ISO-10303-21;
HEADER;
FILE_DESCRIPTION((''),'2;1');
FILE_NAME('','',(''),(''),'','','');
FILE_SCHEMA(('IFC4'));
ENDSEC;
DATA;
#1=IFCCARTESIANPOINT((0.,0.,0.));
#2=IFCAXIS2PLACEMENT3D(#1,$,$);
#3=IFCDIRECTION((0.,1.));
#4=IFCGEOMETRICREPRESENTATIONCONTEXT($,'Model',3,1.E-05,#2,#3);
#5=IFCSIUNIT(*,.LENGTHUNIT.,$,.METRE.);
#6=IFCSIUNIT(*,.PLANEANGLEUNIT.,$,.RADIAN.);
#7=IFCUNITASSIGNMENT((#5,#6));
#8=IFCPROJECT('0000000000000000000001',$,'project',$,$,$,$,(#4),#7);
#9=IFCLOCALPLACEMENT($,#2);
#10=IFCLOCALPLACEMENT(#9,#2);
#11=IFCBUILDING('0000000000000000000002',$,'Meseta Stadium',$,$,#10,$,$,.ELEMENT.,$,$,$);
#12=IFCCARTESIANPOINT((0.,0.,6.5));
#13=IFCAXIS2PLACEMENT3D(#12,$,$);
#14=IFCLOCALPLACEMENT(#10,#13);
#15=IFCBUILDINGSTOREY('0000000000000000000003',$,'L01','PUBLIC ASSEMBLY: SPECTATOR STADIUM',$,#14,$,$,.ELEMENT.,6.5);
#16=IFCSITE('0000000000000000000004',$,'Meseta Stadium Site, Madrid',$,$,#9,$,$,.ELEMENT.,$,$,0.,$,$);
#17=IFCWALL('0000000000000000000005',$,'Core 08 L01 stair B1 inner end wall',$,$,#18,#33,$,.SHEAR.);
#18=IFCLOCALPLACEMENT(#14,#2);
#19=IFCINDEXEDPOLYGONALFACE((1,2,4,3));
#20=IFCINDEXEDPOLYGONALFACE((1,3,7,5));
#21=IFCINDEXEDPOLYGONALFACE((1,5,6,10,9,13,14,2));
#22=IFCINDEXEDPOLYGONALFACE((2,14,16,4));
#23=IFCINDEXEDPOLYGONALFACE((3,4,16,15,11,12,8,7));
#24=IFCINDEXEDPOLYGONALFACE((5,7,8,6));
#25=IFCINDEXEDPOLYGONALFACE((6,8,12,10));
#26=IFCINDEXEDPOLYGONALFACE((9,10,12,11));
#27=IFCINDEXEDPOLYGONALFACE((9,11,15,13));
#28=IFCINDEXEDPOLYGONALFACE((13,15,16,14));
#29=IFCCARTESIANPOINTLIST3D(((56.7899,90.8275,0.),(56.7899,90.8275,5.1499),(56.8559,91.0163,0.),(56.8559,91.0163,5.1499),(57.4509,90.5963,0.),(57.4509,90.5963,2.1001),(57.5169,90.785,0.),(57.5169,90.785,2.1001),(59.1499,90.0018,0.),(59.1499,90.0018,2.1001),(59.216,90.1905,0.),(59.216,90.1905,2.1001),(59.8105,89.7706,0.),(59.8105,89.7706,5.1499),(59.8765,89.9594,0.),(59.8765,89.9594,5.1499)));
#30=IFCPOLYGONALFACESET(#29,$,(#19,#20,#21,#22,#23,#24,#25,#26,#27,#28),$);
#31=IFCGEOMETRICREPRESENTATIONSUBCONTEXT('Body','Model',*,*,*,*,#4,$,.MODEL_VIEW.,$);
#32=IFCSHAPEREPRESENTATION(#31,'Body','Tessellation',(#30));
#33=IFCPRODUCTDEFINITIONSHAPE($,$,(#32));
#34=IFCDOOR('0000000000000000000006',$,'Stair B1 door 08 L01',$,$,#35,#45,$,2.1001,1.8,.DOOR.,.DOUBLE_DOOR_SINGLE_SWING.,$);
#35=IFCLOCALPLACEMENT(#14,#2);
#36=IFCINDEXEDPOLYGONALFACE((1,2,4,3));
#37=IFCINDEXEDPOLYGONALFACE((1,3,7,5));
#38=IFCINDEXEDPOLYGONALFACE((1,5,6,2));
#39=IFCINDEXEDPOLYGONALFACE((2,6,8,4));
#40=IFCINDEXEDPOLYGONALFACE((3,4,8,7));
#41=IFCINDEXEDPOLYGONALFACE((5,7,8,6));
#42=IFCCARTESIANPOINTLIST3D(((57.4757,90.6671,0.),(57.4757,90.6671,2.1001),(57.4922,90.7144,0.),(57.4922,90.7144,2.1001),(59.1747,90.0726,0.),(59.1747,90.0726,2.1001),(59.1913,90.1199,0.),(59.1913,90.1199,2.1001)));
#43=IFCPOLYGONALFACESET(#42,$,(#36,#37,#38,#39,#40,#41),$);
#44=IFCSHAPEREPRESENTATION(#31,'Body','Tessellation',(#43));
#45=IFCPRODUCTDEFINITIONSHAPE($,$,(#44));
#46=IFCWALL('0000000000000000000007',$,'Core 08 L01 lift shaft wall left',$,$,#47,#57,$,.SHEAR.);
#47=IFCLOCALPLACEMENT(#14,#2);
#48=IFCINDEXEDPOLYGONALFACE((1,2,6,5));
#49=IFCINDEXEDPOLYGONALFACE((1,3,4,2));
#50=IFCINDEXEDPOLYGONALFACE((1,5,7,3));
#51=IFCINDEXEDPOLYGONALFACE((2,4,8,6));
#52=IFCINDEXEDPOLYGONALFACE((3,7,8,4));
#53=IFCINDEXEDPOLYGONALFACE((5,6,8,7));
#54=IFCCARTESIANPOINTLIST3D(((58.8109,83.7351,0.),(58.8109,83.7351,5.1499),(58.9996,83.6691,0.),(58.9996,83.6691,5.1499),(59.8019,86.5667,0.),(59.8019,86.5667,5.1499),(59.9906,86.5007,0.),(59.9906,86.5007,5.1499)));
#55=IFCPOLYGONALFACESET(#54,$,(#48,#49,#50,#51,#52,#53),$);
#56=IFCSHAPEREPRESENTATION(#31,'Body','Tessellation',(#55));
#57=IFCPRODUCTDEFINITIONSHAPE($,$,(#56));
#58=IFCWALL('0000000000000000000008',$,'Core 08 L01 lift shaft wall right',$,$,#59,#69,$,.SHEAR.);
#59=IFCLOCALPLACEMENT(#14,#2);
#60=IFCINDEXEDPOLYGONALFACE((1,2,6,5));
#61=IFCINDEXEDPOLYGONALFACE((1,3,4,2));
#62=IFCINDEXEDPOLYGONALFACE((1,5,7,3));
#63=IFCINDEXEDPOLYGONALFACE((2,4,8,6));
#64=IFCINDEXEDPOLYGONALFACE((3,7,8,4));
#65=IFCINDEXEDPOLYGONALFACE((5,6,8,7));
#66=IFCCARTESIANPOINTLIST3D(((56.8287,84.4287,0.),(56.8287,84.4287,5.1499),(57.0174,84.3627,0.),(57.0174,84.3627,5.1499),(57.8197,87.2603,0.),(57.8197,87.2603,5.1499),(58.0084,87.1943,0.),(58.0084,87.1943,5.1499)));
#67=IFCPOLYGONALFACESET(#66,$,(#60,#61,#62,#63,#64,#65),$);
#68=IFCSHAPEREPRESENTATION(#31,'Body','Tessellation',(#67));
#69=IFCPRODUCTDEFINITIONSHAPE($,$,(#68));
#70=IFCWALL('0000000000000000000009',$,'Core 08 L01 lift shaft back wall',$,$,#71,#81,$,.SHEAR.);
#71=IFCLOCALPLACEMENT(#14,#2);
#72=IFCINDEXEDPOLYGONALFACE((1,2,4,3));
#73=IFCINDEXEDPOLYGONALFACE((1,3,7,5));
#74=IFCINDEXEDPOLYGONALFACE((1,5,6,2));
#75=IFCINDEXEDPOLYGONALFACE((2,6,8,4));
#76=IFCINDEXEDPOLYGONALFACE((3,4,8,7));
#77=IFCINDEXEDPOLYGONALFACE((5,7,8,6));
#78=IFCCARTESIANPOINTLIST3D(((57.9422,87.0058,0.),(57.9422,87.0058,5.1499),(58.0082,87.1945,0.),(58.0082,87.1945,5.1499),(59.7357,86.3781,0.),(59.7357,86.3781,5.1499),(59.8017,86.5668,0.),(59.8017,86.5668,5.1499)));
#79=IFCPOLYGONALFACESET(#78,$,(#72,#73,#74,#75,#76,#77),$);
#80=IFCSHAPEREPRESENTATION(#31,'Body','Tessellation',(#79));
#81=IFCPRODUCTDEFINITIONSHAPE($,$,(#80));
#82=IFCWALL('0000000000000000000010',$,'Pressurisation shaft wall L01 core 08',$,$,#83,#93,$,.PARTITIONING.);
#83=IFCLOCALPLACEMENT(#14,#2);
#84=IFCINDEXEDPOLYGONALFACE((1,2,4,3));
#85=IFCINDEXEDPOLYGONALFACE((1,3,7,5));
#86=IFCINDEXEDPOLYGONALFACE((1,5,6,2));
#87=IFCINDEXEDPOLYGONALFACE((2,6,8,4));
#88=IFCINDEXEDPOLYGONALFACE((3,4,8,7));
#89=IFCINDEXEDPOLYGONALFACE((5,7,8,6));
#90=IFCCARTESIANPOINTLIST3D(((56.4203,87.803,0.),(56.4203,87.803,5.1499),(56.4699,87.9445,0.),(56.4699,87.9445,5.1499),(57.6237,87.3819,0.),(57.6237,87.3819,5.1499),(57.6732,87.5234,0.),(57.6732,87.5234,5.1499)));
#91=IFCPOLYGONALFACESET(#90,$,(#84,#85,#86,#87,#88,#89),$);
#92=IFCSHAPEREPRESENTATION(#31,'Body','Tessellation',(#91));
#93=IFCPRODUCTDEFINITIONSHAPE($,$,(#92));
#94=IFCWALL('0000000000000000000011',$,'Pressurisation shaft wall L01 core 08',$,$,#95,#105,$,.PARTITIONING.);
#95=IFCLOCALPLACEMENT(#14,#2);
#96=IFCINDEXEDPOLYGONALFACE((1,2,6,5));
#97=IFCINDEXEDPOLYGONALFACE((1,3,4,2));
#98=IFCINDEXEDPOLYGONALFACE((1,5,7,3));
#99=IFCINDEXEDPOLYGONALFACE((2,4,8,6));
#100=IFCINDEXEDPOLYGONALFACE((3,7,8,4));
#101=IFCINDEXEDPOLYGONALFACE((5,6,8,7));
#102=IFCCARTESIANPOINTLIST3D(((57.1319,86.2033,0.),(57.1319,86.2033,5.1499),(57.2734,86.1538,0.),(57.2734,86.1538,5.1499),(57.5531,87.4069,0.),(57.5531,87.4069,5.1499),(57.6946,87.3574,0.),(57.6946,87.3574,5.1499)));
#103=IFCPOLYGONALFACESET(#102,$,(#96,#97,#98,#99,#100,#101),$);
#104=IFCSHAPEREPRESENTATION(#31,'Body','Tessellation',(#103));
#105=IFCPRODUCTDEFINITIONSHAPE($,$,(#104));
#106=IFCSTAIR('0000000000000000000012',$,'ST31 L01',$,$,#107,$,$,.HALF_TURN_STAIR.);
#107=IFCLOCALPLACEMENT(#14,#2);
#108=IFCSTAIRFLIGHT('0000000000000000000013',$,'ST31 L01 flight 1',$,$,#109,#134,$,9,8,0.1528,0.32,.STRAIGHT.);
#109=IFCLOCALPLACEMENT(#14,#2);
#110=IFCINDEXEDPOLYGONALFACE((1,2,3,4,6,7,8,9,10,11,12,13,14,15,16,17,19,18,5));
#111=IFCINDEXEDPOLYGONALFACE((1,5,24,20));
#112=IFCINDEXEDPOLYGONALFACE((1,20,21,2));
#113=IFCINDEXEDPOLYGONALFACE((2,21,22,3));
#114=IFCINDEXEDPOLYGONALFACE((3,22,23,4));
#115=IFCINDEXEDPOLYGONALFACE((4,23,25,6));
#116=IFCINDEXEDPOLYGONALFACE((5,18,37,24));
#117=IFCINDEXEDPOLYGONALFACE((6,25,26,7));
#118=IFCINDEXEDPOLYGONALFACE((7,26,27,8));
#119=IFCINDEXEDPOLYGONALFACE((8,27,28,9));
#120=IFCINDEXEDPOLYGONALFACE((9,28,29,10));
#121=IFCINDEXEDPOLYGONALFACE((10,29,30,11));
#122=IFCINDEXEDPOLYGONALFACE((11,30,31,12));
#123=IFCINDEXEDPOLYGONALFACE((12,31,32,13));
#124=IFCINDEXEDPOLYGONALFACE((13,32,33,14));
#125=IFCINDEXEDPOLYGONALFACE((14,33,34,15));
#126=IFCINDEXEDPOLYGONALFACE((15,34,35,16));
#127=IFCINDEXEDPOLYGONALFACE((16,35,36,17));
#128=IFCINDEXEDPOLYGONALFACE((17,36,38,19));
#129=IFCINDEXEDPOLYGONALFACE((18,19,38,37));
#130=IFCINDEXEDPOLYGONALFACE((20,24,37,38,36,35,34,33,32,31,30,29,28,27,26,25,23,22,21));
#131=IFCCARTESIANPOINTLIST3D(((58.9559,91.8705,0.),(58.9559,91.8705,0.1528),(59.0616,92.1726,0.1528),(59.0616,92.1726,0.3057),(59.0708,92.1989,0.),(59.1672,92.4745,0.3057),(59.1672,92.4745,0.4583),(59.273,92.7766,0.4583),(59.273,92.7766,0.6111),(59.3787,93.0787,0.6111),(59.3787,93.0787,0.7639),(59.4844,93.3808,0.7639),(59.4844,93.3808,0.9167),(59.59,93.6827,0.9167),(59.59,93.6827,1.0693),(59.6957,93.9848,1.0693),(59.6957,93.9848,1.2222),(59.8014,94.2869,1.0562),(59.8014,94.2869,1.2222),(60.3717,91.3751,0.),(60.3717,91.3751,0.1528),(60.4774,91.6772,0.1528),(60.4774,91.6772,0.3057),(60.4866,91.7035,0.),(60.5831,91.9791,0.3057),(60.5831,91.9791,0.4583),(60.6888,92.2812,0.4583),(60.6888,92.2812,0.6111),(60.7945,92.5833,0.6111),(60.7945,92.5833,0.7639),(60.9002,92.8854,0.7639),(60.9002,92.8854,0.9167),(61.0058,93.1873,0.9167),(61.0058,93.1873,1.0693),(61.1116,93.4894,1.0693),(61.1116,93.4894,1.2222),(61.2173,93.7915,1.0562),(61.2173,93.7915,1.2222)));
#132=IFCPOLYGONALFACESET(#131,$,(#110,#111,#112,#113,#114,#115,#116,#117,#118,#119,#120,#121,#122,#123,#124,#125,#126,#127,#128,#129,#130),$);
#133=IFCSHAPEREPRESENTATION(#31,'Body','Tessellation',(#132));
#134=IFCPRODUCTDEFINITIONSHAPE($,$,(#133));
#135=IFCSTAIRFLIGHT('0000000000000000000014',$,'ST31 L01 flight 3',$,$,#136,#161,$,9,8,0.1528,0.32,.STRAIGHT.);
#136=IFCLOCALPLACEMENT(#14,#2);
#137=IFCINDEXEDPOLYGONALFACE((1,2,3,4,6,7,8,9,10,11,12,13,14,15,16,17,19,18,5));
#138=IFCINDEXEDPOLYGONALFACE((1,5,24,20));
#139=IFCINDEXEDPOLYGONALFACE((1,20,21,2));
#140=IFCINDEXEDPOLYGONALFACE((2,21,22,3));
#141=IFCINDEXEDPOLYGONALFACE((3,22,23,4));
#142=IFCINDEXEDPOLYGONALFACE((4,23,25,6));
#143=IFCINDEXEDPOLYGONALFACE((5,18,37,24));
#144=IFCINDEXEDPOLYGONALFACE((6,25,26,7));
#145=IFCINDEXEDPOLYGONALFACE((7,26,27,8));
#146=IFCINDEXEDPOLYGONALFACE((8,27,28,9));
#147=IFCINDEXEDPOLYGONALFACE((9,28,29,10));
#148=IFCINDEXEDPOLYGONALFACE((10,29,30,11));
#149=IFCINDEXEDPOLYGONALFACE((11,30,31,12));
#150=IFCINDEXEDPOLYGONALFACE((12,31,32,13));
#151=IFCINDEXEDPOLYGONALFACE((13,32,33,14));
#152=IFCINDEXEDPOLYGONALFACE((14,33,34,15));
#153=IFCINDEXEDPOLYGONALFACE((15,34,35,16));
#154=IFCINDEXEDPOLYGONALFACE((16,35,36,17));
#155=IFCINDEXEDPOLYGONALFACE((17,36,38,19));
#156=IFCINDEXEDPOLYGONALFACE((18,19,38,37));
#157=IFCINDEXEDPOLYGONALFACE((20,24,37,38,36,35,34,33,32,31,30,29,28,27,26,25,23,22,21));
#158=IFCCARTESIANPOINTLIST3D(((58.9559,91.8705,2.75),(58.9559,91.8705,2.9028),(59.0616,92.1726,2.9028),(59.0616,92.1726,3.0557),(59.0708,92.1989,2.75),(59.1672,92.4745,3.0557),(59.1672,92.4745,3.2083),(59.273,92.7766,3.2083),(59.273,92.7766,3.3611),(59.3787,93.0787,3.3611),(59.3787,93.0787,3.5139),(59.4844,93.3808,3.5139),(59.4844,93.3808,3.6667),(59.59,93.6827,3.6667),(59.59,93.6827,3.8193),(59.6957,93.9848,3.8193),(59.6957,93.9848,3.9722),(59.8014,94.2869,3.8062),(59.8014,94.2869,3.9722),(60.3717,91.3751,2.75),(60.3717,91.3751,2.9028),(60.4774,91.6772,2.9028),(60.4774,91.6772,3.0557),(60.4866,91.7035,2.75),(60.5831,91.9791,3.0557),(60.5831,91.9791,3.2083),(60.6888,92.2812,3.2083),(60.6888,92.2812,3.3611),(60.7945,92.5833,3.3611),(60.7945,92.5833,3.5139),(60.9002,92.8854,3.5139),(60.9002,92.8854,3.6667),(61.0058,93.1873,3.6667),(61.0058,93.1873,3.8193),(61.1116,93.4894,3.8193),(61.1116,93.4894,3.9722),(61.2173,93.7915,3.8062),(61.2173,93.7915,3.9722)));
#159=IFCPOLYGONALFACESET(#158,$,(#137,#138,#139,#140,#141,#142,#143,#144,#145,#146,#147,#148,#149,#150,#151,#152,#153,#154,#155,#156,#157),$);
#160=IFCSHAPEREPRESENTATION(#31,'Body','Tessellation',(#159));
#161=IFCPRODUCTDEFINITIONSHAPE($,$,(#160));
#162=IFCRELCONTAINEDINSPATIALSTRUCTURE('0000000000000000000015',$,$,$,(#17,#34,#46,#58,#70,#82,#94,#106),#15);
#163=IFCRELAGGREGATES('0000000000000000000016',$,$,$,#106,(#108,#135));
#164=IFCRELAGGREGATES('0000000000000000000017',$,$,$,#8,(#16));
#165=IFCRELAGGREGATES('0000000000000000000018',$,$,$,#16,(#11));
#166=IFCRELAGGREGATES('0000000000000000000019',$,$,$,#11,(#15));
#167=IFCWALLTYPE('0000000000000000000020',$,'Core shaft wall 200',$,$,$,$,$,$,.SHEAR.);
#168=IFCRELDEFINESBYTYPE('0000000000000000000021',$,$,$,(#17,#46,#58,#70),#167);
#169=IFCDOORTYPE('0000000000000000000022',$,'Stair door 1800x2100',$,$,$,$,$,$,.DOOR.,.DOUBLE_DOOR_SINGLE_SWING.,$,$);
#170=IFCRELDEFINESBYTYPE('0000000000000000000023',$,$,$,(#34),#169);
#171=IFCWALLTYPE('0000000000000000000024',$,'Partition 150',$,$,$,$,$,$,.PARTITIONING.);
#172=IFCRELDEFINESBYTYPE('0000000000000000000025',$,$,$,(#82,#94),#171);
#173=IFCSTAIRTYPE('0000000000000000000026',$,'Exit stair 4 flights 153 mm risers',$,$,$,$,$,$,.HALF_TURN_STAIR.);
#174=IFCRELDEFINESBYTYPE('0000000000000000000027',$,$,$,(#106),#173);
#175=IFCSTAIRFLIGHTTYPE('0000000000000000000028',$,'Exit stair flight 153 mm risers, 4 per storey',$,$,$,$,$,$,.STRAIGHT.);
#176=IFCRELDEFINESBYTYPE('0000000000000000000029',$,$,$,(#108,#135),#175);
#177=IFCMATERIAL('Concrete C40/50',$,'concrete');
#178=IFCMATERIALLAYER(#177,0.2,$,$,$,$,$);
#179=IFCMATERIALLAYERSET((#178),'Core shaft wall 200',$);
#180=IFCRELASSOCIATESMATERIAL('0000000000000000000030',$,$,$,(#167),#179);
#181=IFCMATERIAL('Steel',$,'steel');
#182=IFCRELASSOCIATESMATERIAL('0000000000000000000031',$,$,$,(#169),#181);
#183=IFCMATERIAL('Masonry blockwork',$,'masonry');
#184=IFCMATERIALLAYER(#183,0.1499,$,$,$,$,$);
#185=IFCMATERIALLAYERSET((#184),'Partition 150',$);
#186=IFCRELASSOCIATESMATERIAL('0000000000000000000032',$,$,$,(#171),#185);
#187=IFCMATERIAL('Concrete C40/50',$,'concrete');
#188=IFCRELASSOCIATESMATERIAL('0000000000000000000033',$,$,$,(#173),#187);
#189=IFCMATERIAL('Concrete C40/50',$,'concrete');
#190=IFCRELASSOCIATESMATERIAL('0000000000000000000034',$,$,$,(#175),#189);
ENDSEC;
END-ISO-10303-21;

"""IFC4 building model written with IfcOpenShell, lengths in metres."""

from ifc_helpers import new_model, si_unit, direction, frame, frame_2d, origin, place, context, subcontext, project, spatial, polyline, rectangle, outline, extrude, material, layer, layer_set, type_object, element, fill, aggregate, save


model = new_model("IFC4")

# Units and contexts
model_context = context("Model", 3, precision=1e-05, world=origin(), true_north=direction((0.0, 1.0)))
body_context = subcontext(model_context, "Body", "Model", "MODEL_VIEW")
ifc_project = project(units=[si_unit("LENGTHUNIT", "METRE"), si_unit("PLANEANGLEUNIT", "RADIAN")], contexts=[model_context])

# Site, building, storey
site_placement = place(None, origin())
site = spatial("IfcSite", under=ifc_project, at=site_placement, Name="Meseta Stadium Site, Madrid", CompositionType="ELEMENT", RefElevation=0.0)
building_placement = place(site_placement, origin())
building = spatial("IfcBuilding", under=site, at=building_placement, Name="Meseta Stadium", CompositionType="ELEMENT")
storey_placement = place(building_placement, frame((0.0, 0.0, 6.5)))
storey = spatial("IfcBuildingStorey", under=building, at=storey_placement, Name="L01", Description="PUBLIC ASSEMBLY: SPECTATOR STADIUM", CompositionType="ELEMENT", Elevation=6.5)

# Wall, opening, door
ifc_material_1 = material(Name="Concrete C40/50", Category="concrete")
ifc_layer_1 = layer(ifc_material_1, 0.2)
ifc_layer_set_1 = layer_set([ifc_layer_1], Name="Core shaft wall 200")
wall_type_1 = type_object("IfcWallType", Name="Core shaft wall 200", PredefinedType="SHEAR", material=ifc_layer_set_1)
wall_1_placement = place(storey_placement, frame((59.8435, 89.865, 0.0), z_axis=(0.0, 0.0, 1.0), x_axis=(-0.943887, 0.330269, 0.0)))
wall_1 = element("IfcWall", 1, at=wall_1_placement, inside=storey, type_object=wall_type_1, Name="Core 08 L01 stair B1 inner end wall", PredefinedType="SHEAR", context=body_context, shape_type="SweptSolid", body=[
    extrude(rectangle(XDim=3.2002, YDim=0.2, at=frame_2d((1.6001, 0.0))), origin(), (0.0, 0.0, 1.0), 5.1499),
])
opening_placement = place(wall_1_placement, frame((0.7, 0.0, 0.0)))
opening = element("IfcOpeningElement", 2, at=opening_placement, cuts=wall_1, PredefinedType="OPENING", context=body_context, shape_type="SweptSolid", body=[
    extrude(rectangle(XDim=1.8, YDim=2.1001, at=frame_2d((0.8999, 1.05))), frame((0.0, 0.1099, 0.0), z_axis=(0.0, -1.0, 0.0), x_axis=(1.0, 0.0, 0.0)), (0.0, 0.0, 1.0), 0.22),
])
ifc_material_2 = material(Name="Steel", Category="steel")
door_type = type_object("IfcDoorType", Name="Stair door 1800x2100", OperationType="DOUBLE_DOOR_SINGLE_SWING", PredefinedType="DOOR", material=ifc_material_2)
door_placement = place(opening_placement, origin())
door = element("IfcDoor", 3, at=door_placement, inside=storey, type_object=door_type, Name="Stair B1 door 08 L01", OperationType="DOUBLE_DOOR_SINGLE_SWING", OverallHeight=2.1001, OverallWidth=1.8, PredefinedType="DOOR", context=body_context, shape_type="SweptSolid", body=[
    extrude(rectangle(XDim=1.8, YDim=2.1001, at=frame_2d((0.8999, 1.05))), frame((0.0, 0.0249, 0.0), z_axis=(0.0, -1.0, 0.0), x_axis=(1.0, 0.0, 0.0)), (0.0, 0.0, 1.0), 0.05),
])
fill(opening, door)

# Walls
for number, where, z_axis, x_axis, name in (
    (4, (59.8962, 86.5337, 0.0), (0.0, 0.0, 1.0), (-0.330329, -0.943866, 0.0), "Core 08 L01 lift shaft wall left"),
    (5, (57.9141, 87.2273, 0.0), (0.0, 0.0, 1.0), (-0.330329, -0.943866, 0.0), "Core 08 L01 lift shaft wall right"),
):
    element("IfcWall", number, at=place(storey_placement, frame(where, z_axis=z_axis, x_axis=x_axis)), inside=storey, type_object=wall_type_1, Name=name, PredefinedType="SHEAR", context=body_context, shape_type="SweptSolid", body=[
        extrude(rectangle(XDim=3.0, YDim=0.2, at=frame_2d((1.5, 0.0))), origin(), (0.0, 0.0, 1.0), 5.1499),
    ])
wall_2_placement = place(storey_placement, frame((59.7688, 86.4724, 0.0), z_axis=(0.0, 0.0, 1.0), x_axis=(-0.943862, 0.330339, 0.0)))
element("IfcWall", 6, at=wall_2_placement, inside=storey, type_object=wall_type_1, Name="Core 08 L01 lift shaft back wall", PredefinedType="SHEAR", context=body_context, shape_type="SweptSolid", body=[
    extrude(rectangle(XDim=1.9001, YDim=0.2, at=frame_2d((0.9502, 0.0))), origin(), (0.0, 0.0, 1.0), 5.1499),
])
ifc_material_3 = material(Name="Masonry blockwork", Category="masonry")
ifc_layer_2 = layer(ifc_material_3, 0.1499)
ifc_layer_set_2 = layer_set([ifc_layer_2], Name="Partition 150")
wall_type_2 = type_object("IfcWallType", Name="Partition 150", PredefinedType="PARTITIONING", material=ifc_layer_set_2)
wall_3_placement = place(storey_placement, frame((57.6484, 87.4526, 0.0), z_axis=(0.0, 0.0, 1.0), x_axis=(-0.943867, 0.330325, 0.0)))
element("IfcWall", 7, at=wall_3_placement, inside=storey, type_object=wall_type_2, Name="Pressurisation shaft wall L01 core 08", PredefinedType="PARTITIONING", context=body_context, shape_type="SweptSolid", body=[
    extrude(rectangle(XDim=1.2749, YDim=0.1499, at=frame_2d((0.6375, 0.0))), origin(), (0.0, 0.0, 1.0), 5.1499),
])
wall_4_placement = place(storey_placement, frame((57.2026, 86.1785, 0.0), z_axis=(0.0, 0.0, 1.0), x_axis=(0.330265, 0.943888, 0.0)))
element("IfcWall", 8, at=wall_4_placement, inside=storey, type_object=wall_type_2, Name="Pressurisation shaft wall L01 core 08", PredefinedType="PARTITIONING", context=body_context, shape_type="SweptSolid", body=[
    extrude(rectangle(XDim=1.2751, YDim=0.1499, at=frame_2d((0.6377, 0.0))), origin(), (0.0, 0.0, 1.0), 5.1499),
])

# Stair, stair flights
ifc_material_4 = material(Name="Concrete C40/50", Category="concrete")
stair_type = type_object("IfcStairType", Name="Exit stair 4 flights 153 mm risers", PredefinedType="HALF_TURN_STAIR", material=ifc_material_4)
stair_placement = place(storey_placement, origin())
stair = element("IfcStair", 9, at=stair_placement, inside=storey, type_object=stair_type, Name="ST31 L01", PredefinedType="HALF_TURN_STAIR")
ifc_material_5 = material(Name="Concrete C40/50", Category="concrete")
stair_flight_type = type_object("IfcStairFlightType", Name="Exit stair flight 153 mm risers, 4 per storey", PredefinedType="STRAIGHT", material=ifc_material_5)
stair_flight_1_placement = place(storey_placement, frame((59.6638, 91.6228, 0.0), z_axis=(0.0, 0.0, 1.0), x_axis=(0.330279, 0.943883, 0.0)))
stair_flight_1 = element("IfcStairFlight", 10, at=stair_flight_1_placement, type_object=stair_flight_type, Name="ST31 L01 flight 1", NumberOfRisers=9, NumberOfTreads=8, PredefinedType="STRAIGHT", RiserHeight=0.1528, TreadLength=0.32, context=body_context, shape_type="SweptSolid", body=[
    extrude(outline(polyline([(0.0, 0.0), (0.0, 0.1528), (0.3201, 0.1528), (0.3201, 0.3057), (0.6399, 0.3057), (0.6399, 0.4583), (0.96, 0.4583), (0.96, 0.6111), (1.28, 0.6111), (1.28, 0.7639), (1.6001, 0.7639), (1.6001, 0.9167), (1.9199, 0.9167), (1.9199, 1.0693), (2.24, 1.0693), (2.24, 1.2222), (2.5601, 1.2222), (2.5601, 1.0562), (0.3479, 0.0), (0.0, 0.0)])), frame((0.0, 0.75, 0.0), z_axis=(0.0, -1.0, 0.0), x_axis=(1.0, 0.0, 0.0)), (0.0, 0.0, 1.0), 1.5),
])
stair_flight_2_placement = place(storey_placement, frame((59.6638, 91.6228, 2.75), z_axis=(0.0, 0.0, 1.0), x_axis=(0.330279, 0.943883, 0.0)))
stair_flight_2 = element("IfcStairFlight", 11, at=stair_flight_2_placement, type_object=stair_flight_type, Name="ST31 L01 flight 3", NumberOfRisers=9, NumberOfTreads=8, PredefinedType="STRAIGHT", RiserHeight=0.1528, TreadLength=0.32, context=body_context, shape_type="SweptSolid", body=[
    extrude(outline(polyline([(0.0, 0.0), (0.0, 0.1528), (0.3201, 0.1528), (0.3201, 0.3057), (0.6399, 0.3057), (0.6399, 0.4583), (0.96, 0.4583), (0.96, 0.6111), (1.28, 0.6111), (1.28, 0.7639), (1.6001, 0.7639), (1.6001, 0.9167), (1.9199, 0.9167), (1.9199, 1.0693), (2.24, 1.0693), (2.24, 1.2222), (2.5601, 1.2222), (2.5601, 1.0562), (0.3479, 0.0), (0.0, 0.0)])), frame((0.0, 0.75, 0.0), z_axis=(0.0, -1.0, 0.0), x_axis=(1.0, 0.0, 0.0)), (0.0, 0.0, 1.0), 1.5),
])
aggregate(stair, [stair_flight_1, stair_flight_2])

save(model, "model.ifc")
